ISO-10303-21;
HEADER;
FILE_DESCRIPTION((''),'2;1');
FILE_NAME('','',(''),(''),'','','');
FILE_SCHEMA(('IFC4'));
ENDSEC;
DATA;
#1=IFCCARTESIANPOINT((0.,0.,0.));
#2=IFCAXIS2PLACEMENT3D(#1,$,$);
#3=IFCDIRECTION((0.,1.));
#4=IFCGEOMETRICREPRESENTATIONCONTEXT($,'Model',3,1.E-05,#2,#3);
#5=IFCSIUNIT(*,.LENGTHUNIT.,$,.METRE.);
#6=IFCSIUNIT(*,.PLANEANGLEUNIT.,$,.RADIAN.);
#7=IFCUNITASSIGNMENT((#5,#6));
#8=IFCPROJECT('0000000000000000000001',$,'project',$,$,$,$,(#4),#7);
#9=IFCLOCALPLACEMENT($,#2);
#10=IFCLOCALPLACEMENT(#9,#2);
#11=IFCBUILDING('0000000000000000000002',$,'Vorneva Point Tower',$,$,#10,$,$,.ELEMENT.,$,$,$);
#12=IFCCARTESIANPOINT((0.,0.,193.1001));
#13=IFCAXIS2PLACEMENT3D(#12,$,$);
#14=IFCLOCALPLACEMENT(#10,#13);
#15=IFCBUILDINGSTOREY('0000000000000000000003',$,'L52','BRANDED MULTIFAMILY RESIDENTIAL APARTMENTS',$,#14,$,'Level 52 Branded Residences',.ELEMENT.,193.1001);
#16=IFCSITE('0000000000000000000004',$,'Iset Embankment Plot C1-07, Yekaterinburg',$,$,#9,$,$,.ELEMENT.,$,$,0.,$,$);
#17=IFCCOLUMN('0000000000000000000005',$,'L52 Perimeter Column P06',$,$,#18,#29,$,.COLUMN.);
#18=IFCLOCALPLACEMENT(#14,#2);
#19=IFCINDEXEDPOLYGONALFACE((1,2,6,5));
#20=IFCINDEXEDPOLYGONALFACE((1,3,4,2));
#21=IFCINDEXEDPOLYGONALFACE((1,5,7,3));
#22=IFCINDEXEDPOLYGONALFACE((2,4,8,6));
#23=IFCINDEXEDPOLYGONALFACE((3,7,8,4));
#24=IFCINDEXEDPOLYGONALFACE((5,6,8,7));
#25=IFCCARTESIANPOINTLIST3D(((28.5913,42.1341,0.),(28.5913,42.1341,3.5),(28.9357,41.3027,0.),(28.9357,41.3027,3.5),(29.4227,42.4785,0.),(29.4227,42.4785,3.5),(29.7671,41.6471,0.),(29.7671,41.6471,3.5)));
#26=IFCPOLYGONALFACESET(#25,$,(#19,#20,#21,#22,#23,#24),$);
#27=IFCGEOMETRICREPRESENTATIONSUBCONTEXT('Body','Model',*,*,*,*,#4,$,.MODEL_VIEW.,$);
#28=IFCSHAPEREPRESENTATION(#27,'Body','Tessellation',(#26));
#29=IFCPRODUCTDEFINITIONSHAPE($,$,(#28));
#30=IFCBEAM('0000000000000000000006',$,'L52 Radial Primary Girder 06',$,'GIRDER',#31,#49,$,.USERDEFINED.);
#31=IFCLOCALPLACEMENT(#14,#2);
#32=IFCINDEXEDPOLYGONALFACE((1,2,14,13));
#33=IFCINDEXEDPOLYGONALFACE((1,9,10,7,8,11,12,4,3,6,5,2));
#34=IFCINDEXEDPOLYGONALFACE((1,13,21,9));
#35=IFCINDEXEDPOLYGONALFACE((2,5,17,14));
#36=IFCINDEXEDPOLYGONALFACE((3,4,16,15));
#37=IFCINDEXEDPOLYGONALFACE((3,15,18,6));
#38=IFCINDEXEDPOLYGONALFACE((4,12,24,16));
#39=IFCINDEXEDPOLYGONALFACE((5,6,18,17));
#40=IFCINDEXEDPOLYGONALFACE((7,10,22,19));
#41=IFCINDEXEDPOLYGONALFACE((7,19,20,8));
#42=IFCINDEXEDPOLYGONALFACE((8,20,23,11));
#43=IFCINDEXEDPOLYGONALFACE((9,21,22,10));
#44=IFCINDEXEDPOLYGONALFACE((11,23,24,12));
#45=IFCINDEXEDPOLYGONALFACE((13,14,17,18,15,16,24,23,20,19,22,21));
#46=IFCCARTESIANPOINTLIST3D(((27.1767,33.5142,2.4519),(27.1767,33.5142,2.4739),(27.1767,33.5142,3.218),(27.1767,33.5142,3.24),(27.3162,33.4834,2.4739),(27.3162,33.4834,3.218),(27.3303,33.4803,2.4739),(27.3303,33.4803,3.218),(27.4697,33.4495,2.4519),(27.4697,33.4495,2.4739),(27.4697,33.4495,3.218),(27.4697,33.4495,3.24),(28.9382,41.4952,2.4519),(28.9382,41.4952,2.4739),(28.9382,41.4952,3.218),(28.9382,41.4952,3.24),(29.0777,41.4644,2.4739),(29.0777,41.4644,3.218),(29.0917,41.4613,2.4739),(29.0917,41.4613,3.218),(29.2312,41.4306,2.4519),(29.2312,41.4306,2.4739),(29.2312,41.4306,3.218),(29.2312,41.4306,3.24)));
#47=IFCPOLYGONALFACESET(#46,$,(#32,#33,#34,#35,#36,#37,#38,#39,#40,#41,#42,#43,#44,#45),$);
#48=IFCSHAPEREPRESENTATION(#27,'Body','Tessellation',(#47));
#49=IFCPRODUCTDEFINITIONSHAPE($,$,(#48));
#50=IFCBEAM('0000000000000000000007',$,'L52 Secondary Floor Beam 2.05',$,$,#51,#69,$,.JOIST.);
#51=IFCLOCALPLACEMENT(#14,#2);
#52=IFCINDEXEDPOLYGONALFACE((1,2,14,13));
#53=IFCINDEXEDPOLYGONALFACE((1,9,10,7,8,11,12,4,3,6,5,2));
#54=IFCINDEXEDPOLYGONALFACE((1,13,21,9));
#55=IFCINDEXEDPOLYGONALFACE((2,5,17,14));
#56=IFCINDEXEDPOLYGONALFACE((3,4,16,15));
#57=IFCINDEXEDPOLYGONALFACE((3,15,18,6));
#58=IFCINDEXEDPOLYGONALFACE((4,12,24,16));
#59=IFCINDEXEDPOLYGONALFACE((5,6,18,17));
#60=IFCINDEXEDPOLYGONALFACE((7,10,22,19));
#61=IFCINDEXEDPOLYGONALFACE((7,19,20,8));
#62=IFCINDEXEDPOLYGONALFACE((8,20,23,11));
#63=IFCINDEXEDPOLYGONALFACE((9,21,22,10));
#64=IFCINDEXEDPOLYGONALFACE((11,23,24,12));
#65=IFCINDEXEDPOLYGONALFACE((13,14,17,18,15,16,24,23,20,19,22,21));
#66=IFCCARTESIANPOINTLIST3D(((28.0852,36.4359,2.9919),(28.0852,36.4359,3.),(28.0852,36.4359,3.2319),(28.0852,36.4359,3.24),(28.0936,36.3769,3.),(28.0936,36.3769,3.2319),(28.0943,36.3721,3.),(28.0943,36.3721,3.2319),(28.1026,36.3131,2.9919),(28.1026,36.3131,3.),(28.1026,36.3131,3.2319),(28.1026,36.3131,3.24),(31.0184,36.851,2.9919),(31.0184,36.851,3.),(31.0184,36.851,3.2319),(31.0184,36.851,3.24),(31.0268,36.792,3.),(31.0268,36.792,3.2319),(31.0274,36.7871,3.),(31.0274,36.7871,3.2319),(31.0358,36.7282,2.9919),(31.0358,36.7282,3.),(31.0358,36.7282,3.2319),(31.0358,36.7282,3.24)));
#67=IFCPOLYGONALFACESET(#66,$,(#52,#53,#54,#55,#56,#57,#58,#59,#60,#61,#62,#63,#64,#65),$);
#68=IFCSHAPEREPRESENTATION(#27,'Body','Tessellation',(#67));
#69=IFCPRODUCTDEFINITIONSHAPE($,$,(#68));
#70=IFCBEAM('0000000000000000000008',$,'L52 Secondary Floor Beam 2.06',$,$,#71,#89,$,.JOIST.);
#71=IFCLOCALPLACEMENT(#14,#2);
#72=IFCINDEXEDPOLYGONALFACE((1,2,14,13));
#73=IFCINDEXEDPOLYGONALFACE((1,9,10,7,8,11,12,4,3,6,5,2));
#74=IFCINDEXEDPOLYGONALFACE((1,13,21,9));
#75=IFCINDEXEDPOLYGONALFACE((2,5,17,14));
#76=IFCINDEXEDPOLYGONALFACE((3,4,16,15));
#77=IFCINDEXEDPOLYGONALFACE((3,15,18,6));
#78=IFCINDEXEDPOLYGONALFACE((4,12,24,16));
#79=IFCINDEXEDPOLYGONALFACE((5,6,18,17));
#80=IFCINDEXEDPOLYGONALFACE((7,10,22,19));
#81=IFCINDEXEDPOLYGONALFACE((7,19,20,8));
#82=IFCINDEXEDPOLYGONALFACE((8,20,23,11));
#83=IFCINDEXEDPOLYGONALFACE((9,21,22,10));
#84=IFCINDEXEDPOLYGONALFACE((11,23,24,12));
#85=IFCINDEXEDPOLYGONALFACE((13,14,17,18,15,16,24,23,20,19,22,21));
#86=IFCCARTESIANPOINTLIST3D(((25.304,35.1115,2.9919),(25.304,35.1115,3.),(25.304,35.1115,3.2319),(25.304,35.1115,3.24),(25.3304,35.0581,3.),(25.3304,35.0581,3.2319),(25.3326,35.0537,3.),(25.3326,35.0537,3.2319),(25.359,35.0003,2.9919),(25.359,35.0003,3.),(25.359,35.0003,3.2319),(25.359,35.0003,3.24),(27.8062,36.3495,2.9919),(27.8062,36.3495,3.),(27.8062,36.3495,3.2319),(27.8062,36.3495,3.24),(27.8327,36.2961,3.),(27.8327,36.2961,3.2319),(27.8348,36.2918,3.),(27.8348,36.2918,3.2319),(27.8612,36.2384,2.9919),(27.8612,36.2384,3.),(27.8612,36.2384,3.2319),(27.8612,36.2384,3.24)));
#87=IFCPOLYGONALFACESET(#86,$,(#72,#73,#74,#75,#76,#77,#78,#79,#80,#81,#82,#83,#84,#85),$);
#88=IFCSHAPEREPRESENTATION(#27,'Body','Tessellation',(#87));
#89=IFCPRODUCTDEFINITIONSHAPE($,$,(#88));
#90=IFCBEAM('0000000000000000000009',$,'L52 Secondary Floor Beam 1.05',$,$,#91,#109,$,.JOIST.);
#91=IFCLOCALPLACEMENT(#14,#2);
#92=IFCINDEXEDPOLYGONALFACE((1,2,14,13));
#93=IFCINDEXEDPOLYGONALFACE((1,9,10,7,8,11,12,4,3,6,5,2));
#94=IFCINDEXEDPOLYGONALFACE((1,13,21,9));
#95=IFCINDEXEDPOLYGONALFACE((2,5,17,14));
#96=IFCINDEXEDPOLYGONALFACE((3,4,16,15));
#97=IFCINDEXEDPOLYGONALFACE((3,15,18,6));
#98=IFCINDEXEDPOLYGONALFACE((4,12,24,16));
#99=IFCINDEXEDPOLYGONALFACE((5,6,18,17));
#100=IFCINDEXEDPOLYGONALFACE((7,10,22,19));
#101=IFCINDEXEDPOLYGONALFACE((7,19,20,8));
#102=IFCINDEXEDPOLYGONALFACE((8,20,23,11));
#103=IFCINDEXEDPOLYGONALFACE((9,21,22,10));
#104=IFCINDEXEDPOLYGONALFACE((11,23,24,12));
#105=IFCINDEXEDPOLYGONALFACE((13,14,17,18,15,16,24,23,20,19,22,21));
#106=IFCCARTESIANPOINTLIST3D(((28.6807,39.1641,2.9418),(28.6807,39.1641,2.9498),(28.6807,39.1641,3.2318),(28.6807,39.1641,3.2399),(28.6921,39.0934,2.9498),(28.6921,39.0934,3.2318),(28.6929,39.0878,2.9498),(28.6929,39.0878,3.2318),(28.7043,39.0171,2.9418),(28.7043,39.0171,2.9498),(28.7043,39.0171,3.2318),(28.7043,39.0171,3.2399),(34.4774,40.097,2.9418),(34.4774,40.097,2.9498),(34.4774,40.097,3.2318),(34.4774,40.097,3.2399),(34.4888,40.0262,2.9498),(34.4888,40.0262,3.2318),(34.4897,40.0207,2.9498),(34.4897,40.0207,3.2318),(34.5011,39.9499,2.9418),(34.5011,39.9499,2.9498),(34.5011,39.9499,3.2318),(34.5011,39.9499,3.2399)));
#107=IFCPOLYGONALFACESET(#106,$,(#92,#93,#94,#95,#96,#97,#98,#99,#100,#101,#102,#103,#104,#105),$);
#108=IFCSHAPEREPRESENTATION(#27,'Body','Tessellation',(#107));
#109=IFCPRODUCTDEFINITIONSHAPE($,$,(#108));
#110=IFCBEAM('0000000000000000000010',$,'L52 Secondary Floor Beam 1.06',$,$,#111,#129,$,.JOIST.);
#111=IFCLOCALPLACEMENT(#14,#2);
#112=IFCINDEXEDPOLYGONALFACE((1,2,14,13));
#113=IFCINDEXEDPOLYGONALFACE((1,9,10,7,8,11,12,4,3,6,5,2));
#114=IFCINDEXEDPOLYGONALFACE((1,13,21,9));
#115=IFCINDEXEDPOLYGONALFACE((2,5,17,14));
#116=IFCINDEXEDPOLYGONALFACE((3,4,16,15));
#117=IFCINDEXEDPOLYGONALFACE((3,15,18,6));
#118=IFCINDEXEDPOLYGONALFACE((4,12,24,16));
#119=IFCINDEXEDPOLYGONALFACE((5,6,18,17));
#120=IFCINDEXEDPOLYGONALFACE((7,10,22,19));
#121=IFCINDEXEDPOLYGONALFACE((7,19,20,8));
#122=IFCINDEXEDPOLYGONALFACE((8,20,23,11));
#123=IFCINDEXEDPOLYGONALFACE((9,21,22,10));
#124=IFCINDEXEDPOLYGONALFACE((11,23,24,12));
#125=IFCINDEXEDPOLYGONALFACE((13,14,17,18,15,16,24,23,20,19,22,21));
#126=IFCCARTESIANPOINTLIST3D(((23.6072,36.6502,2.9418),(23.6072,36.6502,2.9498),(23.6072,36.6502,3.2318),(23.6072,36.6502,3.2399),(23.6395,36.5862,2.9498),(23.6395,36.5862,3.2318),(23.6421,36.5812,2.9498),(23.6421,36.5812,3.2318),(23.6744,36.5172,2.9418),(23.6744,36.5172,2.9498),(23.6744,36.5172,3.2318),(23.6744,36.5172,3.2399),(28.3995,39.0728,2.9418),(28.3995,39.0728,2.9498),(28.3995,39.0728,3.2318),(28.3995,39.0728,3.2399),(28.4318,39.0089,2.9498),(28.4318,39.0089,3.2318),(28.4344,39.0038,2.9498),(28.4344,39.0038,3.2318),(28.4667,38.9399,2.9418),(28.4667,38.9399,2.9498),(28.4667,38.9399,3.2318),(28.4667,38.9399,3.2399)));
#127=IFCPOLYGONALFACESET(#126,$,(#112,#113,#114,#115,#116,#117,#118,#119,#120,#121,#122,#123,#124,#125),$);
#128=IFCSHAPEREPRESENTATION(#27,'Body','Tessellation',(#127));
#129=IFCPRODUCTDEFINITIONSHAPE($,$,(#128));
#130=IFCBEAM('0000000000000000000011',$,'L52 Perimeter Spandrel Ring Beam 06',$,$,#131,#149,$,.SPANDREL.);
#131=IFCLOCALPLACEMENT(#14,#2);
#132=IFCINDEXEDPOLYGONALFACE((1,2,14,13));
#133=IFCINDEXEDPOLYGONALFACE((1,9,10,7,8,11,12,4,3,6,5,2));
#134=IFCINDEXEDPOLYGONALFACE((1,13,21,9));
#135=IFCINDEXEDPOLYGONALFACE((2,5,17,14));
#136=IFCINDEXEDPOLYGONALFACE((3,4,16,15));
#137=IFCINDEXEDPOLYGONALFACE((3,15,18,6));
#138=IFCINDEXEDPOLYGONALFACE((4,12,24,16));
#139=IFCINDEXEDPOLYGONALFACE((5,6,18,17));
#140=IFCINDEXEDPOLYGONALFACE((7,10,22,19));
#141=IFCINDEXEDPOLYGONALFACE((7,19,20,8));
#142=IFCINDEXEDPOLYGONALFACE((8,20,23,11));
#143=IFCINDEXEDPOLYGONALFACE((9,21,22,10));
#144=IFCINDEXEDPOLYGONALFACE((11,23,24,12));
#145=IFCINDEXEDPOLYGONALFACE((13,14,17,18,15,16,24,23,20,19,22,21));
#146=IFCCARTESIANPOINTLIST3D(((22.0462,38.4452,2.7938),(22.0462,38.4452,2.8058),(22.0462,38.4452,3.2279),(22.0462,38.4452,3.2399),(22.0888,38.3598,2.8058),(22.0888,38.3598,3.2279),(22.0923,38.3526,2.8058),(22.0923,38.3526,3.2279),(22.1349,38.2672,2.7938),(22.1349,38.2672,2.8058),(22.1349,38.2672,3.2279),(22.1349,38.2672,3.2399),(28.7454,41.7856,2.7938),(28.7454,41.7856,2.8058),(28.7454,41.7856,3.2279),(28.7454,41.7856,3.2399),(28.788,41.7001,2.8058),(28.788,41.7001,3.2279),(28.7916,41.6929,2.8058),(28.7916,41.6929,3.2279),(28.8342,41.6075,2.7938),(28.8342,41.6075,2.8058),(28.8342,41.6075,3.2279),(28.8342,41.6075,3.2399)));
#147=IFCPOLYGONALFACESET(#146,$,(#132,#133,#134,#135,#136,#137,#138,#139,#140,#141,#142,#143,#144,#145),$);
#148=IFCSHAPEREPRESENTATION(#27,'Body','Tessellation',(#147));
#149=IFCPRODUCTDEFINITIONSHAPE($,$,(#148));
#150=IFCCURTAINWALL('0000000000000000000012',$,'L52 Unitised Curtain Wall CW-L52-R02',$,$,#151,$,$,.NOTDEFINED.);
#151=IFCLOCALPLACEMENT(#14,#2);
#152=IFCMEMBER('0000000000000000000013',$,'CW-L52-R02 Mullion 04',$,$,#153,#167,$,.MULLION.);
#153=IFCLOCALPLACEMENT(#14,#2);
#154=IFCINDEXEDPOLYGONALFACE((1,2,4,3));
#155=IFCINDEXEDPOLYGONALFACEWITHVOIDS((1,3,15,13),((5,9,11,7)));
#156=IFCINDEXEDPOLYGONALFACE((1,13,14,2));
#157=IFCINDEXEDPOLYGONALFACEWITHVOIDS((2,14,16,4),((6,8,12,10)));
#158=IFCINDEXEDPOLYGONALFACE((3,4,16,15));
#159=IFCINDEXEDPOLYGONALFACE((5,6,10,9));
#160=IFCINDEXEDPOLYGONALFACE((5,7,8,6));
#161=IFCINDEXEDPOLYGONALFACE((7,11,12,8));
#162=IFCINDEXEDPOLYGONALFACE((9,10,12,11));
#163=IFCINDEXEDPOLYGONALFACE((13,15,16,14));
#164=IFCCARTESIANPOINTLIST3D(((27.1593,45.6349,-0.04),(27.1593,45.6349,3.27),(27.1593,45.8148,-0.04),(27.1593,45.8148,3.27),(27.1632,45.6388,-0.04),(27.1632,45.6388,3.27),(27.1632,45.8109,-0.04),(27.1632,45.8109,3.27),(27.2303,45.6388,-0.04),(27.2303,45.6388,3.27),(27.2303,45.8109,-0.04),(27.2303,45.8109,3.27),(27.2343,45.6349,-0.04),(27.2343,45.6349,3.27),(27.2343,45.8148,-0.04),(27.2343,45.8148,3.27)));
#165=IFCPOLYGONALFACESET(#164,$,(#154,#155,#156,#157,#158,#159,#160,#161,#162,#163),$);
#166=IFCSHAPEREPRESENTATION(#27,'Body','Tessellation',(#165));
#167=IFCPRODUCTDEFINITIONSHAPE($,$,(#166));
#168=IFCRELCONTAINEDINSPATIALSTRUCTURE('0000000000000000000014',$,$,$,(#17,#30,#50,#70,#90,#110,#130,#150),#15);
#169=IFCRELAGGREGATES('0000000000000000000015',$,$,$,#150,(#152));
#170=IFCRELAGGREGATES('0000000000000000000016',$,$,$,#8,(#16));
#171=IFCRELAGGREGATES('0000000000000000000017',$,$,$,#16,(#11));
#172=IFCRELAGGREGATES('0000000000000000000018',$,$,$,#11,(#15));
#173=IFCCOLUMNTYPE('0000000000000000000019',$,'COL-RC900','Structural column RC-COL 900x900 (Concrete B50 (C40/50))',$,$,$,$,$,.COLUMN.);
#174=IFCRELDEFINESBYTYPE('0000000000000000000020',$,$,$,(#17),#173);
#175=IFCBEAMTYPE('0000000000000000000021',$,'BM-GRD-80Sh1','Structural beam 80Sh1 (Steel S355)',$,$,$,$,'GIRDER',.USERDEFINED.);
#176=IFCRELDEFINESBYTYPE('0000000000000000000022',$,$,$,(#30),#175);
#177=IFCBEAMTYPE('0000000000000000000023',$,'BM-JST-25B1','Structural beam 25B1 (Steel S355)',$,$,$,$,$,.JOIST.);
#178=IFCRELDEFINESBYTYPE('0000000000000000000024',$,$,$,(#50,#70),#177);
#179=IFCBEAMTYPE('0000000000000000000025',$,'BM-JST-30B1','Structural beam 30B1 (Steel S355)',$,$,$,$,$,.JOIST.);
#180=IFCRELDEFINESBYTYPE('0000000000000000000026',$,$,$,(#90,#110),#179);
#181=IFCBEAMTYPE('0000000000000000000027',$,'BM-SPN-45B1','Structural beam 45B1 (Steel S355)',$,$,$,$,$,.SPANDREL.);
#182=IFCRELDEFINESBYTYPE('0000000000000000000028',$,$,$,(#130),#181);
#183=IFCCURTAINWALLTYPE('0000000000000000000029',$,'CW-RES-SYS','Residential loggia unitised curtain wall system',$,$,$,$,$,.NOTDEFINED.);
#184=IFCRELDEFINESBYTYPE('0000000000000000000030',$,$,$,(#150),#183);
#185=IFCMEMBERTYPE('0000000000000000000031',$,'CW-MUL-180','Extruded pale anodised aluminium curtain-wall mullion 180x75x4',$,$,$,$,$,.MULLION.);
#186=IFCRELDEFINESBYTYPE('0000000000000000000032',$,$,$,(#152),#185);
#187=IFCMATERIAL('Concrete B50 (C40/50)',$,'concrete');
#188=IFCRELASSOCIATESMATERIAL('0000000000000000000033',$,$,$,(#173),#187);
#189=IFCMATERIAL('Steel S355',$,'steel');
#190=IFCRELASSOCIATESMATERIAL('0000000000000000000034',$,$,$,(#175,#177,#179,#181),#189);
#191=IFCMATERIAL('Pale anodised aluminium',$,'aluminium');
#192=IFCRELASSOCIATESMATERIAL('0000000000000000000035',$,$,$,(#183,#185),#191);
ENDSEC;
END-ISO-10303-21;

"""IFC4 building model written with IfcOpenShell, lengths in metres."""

from ifc_helpers import new_model, si_unit, direction, frame, origin, origin_2d, place, context, subcontext, project, spatial, rectangle, hollow_rectangle, i_section, extrude, material, material_profile, profile_set, type_object, element, aggregate, save


model = new_model("IFC4")

# Units and contexts
model_context = context("Model", 3, precision=1e-05, world=origin(), true_north=direction((0.0, 1.0)))
body_context = subcontext(model_context, "Body", "Model", "MODEL_VIEW")
ifc_project = project(units=[si_unit("LENGTHUNIT", "METRE"), si_unit("PLANEANGLEUNIT", "RADIAN")], contexts=[model_context])

# Site, building, storey
site_placement = place(None, origin())
site = spatial("IfcSite", under=ifc_project, at=site_placement, Name="Iset Embankment Plot C1-07, Yekaterinburg", CompositionType="ELEMENT", RefElevation=0.0)
building_placement = place(site_placement, origin())
building = spatial("IfcBuilding", under=site, at=building_placement, Name="Vorneva Point Tower", CompositionType="ELEMENT")
storey_placement = place(building_placement, frame((0.0, 0.0, 193.1001)))
storey = spatial("IfcBuildingStorey", under=building, at=storey_placement, Name="L52", Description="BRANDED MULTIFAMILY RESIDENTIAL APARTMENTS", LongName="Level 52 Branded Residences", CompositionType="ELEMENT", Elevation=193.1001)

# Column
ifc_material_1 = material(Name="Concrete B50 (C40/50)", Category="concrete")
ifc_material_profile_1 = material_profile(ifc_material_1, rectangle(XDim=0.8999, YDim=0.8999, at=origin_2d()), Name="RC-COL 900x900")
ifc_profile_set_1 = profile_set([ifc_material_profile_1], Name="Concrete B50 (C40/50)")
column_type = type_object("IfcColumnType", Name="COL-RC900", Description="Structural column RC-COL 900x900 (Concrete B50 (C40/50))", PredefinedType="COLUMN", material=ifc_profile_set_1)
column_placement = place(storey_placement, frame((29.1792, 41.8906, 0.0), z_axis=(0.0, 0.0, 1.0), x_axis=(-0.382683, 0.92388, 0.0)))
element("IfcColumn", 1, at=column_placement, inside=storey, type_object=column_type, Name="L52 Perimeter Column P06", PredefinedType="COLUMN", context=body_context, shape_type="SweptSolid", body=[
    extrude(rectangle(XDim=0.8999, YDim=0.8999, at=origin_2d()), origin(), (0.0, 0.0, 1.0), 3.5),
])

# Beams
ifc_material_2 = material(Name="Steel S355", Category="steel")
ifc_material_profile_2 = material_profile(ifc_material_2, i_section(OverallWidth=0.3, OverallDepth=0.7881, WebThickness=0.0144, FlangeThickness=0.022, at=origin_2d()), Name="80Sh1")
ifc_profile_set_2 = profile_set([ifc_material_profile_2], Name="Steel S355")
beam_type_1 = type_object("IfcBeamType", Name="BM-GRD-80Sh1", Description="Structural beam 80Sh1 (Steel S355)", ElementType="GIRDER", PredefinedType="USERDEFINED", material=ifc_profile_set_2)
beam_1_placement = place(storey_placement, frame((29.0847, 41.4629, 2.8459), z_axis=(-0.215523, -0.976499, 0.0), x_axis=(0.976499, -0.215523, 0.0)))
element("IfcBeam", 2, at=beam_1_placement, inside=storey, type_object=beam_type_1, Name="L52 Radial Primary Girder 06", ObjectType="GIRDER", PredefinedType="USERDEFINED", context=body_context, shape_type="SweptSolid", body=[
    extrude(i_section(OverallWidth=0.3, OverallDepth=0.7881, WebThickness=0.0144, FlangeThickness=0.022, at=origin_2d()), origin(), (0.0, 0.0, 1.0), 8.1731),
])
ifc_material_profile_3 = material_profile(ifc_material_2, i_section(OverallWidth=0.124, OverallDepth=0.248, WebThickness=0.0049, FlangeThickness=0.0081, at=origin_2d()), Name="25B1")
ifc_profile_set_3 = profile_set([ifc_material_profile_3], Name="Steel S355")
beam_type_2 = type_object("IfcBeamType", Name="BM-JST-25B1", Description="Structural beam 25B1 (Steel S355)", PredefinedType="JOIST", material=ifc_profile_set_3)
beam_2_placement = place(storey_placement, frame((31.0271, 36.7896, 3.116), z_axis=(-0.990137, -0.140106, 0.0), x_axis=(0.140106, -0.990137, 0.0)))
element("IfcBeam", 3, at=beam_2_placement, inside=storey, type_object=beam_type_2, Name="L52 Secondary Floor Beam 2.05", PredefinedType="JOIST", context=body_context, shape_type="SweptSolid", body=[
    extrude(i_section(OverallWidth=0.124, OverallDepth=0.248, WebThickness=0.0049, FlangeThickness=0.0081, at=origin_2d()), origin(), (0.0, 0.0, 1.0), 2.9624),
])
beam_3_placement = place(storey_placement, frame((27.8337, 36.2939, 3.116), z_axis=(-0.896291, -0.443467, 0.0), x_axis=(0.443467, -0.896291, 0.0)))
element("IfcBeam", 4, at=beam_3_placement, inside=storey, type_object=beam_type_2, Name="L52 Secondary Floor Beam 2.06", PredefinedType="JOIST", context=body_context, shape_type="SweptSolid", body=[
    extrude(i_section(OverallWidth=0.124, OverallDepth=0.248, WebThickness=0.0049, FlangeThickness=0.0081, at=origin_2d()), origin(), (0.0, 0.0, 1.0), 2.7917),
])
ifc_material_profile_4 = material_profile(ifc_material_2, i_section(OverallWidth=0.1489, OverallDepth=0.2981, WebThickness=0.0056, FlangeThickness=0.0081, at=origin_2d()), Name="30B1")
ifc_profile_set_4 = profile_set([ifc_material_profile_4], Name="Steel S355")
beam_type_3 = type_object("IfcBeamType", Name="BM-JST-30B1", Description="Structural beam 30B1 (Steel S355)", PredefinedType="JOIST", material=ifc_profile_set_4)
beam_4_placement = place(storey_placement, frame((34.4893, 40.0234, 3.0908), z_axis=(-0.987298, -0.158881, 0.0), x_axis=(0.158881, -0.987298, 0.0)))
element("IfcBeam", 5, at=beam_4_placement, inside=storey, type_object=beam_type_3, Name="L52 Secondary Floor Beam 1.05", PredefinedType="JOIST", context=body_context, shape_type="SweptSolid", body=[
    extrude(i_section(OverallWidth=0.1489, OverallDepth=0.2981, WebThickness=0.0056, FlangeThickness=0.0081, at=origin_2d()), origin(), (0.0, 0.0, 1.0), 5.8713),
])
beam_5_placement = place(storey_placement, frame((28.4331, 39.0063, 3.0908), z_axis=(-0.892445, -0.451156, 0.0), x_axis=(0.451156, -0.892445, 0.0)))
element("IfcBeam", 6, at=beam_5_placement, inside=storey, type_object=beam_type_3, Name="L52 Secondary Floor Beam 1.06", PredefinedType="JOIST", context=body_context, shape_type="SweptSolid", body=[
    extrude(i_section(OverallWidth=0.1489, OverallDepth=0.2981, WebThickness=0.0056, FlangeThickness=0.0081, at=origin_2d()), origin(), (0.0, 0.0, 1.0), 5.3699),
])
ifc_material_profile_5 = material_profile(ifc_material_2, i_section(OverallWidth=0.199, OverallDepth=0.446, WebThickness=0.0081, FlangeThickness=0.012, at=origin_2d()), Name="45B1")
ifc_profile_set_5 = profile_set([ifc_material_profile_5], Name="Steel S355")
beam_type_4 = type_object("IfcBeamType", Name="BM-SPN-45B1", Description="Structural beam 45B1 (Steel S355)", PredefinedType="SPANDREL", material=ifc_profile_set_5)
beam_6_placement = place(storey_placement, frame((28.7898, 41.6965, 3.0168), z_axis=(-0.894922, -0.446222, 0.0), x_axis=(0.446222, -0.894922, 0.0)))
element("IfcBeam", 7, at=beam_6_placement, inside=storey, type_object=beam_type_4, Name="L52 Perimeter Spandrel Ring Beam 06", PredefinedType="SPANDREL", context=body_context, shape_type="SweptSolid", body=[
    extrude(i_section(OverallWidth=0.199, OverallDepth=0.446, WebThickness=0.0081, FlangeThickness=0.012, at=origin_2d()), origin(), (0.0, 0.0, 1.0), 7.4858),
])

# Curtain wall, member
ifc_material_3 = material(Name="Pale anodised aluminium", Category="aluminium")
curtain_wall_type = type_object("IfcCurtainWallType", Name="CW-RES-SYS", Description="Residential loggia unitised curtain wall system", PredefinedType="NOTDEFINED", material=ifc_material_3)
curtain_wall_placement = place(storey_placement, origin())
curtain_wall = element("IfcCurtainWall", 8, at=curtain_wall_placement, inside=storey, type_object=curtain_wall_type, Name="L52 Unitised Curtain Wall CW-L52-R02", PredefinedType="NOTDEFINED")
ifc_material_profile_6 = material_profile(ifc_material_3, hollow_rectangle(XDim=0.075, YDim=0.1799, WallThickness=0.0039, at=origin_2d()), Name="AL-MUL 180x75x4")
ifc_profile_set_6 = profile_set([ifc_material_profile_6], Name="Pale anodised aluminium")
member_type_1 = type_object("IfcMemberType", Name="CW-MUL-180", Description="Extruded pale anodised aluminium curtain-wall mullion 180x75x4", PredefinedType="MULLION", material=ifc_profile_set_6)
member_1_placement = place(storey_placement, frame((27.1968, 45.7249, -0.04), z_axis=(0.0, 0.0, 1.0), x_axis=(1.0, 0.0, 0.0)))
member_1 = element("IfcMember", 9, at=member_1_placement, type_object=member_type_1, Name="CW-L52-R02 Mullion 04", PredefinedType="MULLION", context=body_context, shape_type="SweptSolid", body=[
    extrude(hollow_rectangle(XDim=0.075, YDim=0.1799, WallThickness=0.0039, at=origin_2d()), origin(), (0.0, 0.0, 1.0), 3.3101),
])
aggregate(curtain_wall, [member_1])

save(model, "model.ifc")
